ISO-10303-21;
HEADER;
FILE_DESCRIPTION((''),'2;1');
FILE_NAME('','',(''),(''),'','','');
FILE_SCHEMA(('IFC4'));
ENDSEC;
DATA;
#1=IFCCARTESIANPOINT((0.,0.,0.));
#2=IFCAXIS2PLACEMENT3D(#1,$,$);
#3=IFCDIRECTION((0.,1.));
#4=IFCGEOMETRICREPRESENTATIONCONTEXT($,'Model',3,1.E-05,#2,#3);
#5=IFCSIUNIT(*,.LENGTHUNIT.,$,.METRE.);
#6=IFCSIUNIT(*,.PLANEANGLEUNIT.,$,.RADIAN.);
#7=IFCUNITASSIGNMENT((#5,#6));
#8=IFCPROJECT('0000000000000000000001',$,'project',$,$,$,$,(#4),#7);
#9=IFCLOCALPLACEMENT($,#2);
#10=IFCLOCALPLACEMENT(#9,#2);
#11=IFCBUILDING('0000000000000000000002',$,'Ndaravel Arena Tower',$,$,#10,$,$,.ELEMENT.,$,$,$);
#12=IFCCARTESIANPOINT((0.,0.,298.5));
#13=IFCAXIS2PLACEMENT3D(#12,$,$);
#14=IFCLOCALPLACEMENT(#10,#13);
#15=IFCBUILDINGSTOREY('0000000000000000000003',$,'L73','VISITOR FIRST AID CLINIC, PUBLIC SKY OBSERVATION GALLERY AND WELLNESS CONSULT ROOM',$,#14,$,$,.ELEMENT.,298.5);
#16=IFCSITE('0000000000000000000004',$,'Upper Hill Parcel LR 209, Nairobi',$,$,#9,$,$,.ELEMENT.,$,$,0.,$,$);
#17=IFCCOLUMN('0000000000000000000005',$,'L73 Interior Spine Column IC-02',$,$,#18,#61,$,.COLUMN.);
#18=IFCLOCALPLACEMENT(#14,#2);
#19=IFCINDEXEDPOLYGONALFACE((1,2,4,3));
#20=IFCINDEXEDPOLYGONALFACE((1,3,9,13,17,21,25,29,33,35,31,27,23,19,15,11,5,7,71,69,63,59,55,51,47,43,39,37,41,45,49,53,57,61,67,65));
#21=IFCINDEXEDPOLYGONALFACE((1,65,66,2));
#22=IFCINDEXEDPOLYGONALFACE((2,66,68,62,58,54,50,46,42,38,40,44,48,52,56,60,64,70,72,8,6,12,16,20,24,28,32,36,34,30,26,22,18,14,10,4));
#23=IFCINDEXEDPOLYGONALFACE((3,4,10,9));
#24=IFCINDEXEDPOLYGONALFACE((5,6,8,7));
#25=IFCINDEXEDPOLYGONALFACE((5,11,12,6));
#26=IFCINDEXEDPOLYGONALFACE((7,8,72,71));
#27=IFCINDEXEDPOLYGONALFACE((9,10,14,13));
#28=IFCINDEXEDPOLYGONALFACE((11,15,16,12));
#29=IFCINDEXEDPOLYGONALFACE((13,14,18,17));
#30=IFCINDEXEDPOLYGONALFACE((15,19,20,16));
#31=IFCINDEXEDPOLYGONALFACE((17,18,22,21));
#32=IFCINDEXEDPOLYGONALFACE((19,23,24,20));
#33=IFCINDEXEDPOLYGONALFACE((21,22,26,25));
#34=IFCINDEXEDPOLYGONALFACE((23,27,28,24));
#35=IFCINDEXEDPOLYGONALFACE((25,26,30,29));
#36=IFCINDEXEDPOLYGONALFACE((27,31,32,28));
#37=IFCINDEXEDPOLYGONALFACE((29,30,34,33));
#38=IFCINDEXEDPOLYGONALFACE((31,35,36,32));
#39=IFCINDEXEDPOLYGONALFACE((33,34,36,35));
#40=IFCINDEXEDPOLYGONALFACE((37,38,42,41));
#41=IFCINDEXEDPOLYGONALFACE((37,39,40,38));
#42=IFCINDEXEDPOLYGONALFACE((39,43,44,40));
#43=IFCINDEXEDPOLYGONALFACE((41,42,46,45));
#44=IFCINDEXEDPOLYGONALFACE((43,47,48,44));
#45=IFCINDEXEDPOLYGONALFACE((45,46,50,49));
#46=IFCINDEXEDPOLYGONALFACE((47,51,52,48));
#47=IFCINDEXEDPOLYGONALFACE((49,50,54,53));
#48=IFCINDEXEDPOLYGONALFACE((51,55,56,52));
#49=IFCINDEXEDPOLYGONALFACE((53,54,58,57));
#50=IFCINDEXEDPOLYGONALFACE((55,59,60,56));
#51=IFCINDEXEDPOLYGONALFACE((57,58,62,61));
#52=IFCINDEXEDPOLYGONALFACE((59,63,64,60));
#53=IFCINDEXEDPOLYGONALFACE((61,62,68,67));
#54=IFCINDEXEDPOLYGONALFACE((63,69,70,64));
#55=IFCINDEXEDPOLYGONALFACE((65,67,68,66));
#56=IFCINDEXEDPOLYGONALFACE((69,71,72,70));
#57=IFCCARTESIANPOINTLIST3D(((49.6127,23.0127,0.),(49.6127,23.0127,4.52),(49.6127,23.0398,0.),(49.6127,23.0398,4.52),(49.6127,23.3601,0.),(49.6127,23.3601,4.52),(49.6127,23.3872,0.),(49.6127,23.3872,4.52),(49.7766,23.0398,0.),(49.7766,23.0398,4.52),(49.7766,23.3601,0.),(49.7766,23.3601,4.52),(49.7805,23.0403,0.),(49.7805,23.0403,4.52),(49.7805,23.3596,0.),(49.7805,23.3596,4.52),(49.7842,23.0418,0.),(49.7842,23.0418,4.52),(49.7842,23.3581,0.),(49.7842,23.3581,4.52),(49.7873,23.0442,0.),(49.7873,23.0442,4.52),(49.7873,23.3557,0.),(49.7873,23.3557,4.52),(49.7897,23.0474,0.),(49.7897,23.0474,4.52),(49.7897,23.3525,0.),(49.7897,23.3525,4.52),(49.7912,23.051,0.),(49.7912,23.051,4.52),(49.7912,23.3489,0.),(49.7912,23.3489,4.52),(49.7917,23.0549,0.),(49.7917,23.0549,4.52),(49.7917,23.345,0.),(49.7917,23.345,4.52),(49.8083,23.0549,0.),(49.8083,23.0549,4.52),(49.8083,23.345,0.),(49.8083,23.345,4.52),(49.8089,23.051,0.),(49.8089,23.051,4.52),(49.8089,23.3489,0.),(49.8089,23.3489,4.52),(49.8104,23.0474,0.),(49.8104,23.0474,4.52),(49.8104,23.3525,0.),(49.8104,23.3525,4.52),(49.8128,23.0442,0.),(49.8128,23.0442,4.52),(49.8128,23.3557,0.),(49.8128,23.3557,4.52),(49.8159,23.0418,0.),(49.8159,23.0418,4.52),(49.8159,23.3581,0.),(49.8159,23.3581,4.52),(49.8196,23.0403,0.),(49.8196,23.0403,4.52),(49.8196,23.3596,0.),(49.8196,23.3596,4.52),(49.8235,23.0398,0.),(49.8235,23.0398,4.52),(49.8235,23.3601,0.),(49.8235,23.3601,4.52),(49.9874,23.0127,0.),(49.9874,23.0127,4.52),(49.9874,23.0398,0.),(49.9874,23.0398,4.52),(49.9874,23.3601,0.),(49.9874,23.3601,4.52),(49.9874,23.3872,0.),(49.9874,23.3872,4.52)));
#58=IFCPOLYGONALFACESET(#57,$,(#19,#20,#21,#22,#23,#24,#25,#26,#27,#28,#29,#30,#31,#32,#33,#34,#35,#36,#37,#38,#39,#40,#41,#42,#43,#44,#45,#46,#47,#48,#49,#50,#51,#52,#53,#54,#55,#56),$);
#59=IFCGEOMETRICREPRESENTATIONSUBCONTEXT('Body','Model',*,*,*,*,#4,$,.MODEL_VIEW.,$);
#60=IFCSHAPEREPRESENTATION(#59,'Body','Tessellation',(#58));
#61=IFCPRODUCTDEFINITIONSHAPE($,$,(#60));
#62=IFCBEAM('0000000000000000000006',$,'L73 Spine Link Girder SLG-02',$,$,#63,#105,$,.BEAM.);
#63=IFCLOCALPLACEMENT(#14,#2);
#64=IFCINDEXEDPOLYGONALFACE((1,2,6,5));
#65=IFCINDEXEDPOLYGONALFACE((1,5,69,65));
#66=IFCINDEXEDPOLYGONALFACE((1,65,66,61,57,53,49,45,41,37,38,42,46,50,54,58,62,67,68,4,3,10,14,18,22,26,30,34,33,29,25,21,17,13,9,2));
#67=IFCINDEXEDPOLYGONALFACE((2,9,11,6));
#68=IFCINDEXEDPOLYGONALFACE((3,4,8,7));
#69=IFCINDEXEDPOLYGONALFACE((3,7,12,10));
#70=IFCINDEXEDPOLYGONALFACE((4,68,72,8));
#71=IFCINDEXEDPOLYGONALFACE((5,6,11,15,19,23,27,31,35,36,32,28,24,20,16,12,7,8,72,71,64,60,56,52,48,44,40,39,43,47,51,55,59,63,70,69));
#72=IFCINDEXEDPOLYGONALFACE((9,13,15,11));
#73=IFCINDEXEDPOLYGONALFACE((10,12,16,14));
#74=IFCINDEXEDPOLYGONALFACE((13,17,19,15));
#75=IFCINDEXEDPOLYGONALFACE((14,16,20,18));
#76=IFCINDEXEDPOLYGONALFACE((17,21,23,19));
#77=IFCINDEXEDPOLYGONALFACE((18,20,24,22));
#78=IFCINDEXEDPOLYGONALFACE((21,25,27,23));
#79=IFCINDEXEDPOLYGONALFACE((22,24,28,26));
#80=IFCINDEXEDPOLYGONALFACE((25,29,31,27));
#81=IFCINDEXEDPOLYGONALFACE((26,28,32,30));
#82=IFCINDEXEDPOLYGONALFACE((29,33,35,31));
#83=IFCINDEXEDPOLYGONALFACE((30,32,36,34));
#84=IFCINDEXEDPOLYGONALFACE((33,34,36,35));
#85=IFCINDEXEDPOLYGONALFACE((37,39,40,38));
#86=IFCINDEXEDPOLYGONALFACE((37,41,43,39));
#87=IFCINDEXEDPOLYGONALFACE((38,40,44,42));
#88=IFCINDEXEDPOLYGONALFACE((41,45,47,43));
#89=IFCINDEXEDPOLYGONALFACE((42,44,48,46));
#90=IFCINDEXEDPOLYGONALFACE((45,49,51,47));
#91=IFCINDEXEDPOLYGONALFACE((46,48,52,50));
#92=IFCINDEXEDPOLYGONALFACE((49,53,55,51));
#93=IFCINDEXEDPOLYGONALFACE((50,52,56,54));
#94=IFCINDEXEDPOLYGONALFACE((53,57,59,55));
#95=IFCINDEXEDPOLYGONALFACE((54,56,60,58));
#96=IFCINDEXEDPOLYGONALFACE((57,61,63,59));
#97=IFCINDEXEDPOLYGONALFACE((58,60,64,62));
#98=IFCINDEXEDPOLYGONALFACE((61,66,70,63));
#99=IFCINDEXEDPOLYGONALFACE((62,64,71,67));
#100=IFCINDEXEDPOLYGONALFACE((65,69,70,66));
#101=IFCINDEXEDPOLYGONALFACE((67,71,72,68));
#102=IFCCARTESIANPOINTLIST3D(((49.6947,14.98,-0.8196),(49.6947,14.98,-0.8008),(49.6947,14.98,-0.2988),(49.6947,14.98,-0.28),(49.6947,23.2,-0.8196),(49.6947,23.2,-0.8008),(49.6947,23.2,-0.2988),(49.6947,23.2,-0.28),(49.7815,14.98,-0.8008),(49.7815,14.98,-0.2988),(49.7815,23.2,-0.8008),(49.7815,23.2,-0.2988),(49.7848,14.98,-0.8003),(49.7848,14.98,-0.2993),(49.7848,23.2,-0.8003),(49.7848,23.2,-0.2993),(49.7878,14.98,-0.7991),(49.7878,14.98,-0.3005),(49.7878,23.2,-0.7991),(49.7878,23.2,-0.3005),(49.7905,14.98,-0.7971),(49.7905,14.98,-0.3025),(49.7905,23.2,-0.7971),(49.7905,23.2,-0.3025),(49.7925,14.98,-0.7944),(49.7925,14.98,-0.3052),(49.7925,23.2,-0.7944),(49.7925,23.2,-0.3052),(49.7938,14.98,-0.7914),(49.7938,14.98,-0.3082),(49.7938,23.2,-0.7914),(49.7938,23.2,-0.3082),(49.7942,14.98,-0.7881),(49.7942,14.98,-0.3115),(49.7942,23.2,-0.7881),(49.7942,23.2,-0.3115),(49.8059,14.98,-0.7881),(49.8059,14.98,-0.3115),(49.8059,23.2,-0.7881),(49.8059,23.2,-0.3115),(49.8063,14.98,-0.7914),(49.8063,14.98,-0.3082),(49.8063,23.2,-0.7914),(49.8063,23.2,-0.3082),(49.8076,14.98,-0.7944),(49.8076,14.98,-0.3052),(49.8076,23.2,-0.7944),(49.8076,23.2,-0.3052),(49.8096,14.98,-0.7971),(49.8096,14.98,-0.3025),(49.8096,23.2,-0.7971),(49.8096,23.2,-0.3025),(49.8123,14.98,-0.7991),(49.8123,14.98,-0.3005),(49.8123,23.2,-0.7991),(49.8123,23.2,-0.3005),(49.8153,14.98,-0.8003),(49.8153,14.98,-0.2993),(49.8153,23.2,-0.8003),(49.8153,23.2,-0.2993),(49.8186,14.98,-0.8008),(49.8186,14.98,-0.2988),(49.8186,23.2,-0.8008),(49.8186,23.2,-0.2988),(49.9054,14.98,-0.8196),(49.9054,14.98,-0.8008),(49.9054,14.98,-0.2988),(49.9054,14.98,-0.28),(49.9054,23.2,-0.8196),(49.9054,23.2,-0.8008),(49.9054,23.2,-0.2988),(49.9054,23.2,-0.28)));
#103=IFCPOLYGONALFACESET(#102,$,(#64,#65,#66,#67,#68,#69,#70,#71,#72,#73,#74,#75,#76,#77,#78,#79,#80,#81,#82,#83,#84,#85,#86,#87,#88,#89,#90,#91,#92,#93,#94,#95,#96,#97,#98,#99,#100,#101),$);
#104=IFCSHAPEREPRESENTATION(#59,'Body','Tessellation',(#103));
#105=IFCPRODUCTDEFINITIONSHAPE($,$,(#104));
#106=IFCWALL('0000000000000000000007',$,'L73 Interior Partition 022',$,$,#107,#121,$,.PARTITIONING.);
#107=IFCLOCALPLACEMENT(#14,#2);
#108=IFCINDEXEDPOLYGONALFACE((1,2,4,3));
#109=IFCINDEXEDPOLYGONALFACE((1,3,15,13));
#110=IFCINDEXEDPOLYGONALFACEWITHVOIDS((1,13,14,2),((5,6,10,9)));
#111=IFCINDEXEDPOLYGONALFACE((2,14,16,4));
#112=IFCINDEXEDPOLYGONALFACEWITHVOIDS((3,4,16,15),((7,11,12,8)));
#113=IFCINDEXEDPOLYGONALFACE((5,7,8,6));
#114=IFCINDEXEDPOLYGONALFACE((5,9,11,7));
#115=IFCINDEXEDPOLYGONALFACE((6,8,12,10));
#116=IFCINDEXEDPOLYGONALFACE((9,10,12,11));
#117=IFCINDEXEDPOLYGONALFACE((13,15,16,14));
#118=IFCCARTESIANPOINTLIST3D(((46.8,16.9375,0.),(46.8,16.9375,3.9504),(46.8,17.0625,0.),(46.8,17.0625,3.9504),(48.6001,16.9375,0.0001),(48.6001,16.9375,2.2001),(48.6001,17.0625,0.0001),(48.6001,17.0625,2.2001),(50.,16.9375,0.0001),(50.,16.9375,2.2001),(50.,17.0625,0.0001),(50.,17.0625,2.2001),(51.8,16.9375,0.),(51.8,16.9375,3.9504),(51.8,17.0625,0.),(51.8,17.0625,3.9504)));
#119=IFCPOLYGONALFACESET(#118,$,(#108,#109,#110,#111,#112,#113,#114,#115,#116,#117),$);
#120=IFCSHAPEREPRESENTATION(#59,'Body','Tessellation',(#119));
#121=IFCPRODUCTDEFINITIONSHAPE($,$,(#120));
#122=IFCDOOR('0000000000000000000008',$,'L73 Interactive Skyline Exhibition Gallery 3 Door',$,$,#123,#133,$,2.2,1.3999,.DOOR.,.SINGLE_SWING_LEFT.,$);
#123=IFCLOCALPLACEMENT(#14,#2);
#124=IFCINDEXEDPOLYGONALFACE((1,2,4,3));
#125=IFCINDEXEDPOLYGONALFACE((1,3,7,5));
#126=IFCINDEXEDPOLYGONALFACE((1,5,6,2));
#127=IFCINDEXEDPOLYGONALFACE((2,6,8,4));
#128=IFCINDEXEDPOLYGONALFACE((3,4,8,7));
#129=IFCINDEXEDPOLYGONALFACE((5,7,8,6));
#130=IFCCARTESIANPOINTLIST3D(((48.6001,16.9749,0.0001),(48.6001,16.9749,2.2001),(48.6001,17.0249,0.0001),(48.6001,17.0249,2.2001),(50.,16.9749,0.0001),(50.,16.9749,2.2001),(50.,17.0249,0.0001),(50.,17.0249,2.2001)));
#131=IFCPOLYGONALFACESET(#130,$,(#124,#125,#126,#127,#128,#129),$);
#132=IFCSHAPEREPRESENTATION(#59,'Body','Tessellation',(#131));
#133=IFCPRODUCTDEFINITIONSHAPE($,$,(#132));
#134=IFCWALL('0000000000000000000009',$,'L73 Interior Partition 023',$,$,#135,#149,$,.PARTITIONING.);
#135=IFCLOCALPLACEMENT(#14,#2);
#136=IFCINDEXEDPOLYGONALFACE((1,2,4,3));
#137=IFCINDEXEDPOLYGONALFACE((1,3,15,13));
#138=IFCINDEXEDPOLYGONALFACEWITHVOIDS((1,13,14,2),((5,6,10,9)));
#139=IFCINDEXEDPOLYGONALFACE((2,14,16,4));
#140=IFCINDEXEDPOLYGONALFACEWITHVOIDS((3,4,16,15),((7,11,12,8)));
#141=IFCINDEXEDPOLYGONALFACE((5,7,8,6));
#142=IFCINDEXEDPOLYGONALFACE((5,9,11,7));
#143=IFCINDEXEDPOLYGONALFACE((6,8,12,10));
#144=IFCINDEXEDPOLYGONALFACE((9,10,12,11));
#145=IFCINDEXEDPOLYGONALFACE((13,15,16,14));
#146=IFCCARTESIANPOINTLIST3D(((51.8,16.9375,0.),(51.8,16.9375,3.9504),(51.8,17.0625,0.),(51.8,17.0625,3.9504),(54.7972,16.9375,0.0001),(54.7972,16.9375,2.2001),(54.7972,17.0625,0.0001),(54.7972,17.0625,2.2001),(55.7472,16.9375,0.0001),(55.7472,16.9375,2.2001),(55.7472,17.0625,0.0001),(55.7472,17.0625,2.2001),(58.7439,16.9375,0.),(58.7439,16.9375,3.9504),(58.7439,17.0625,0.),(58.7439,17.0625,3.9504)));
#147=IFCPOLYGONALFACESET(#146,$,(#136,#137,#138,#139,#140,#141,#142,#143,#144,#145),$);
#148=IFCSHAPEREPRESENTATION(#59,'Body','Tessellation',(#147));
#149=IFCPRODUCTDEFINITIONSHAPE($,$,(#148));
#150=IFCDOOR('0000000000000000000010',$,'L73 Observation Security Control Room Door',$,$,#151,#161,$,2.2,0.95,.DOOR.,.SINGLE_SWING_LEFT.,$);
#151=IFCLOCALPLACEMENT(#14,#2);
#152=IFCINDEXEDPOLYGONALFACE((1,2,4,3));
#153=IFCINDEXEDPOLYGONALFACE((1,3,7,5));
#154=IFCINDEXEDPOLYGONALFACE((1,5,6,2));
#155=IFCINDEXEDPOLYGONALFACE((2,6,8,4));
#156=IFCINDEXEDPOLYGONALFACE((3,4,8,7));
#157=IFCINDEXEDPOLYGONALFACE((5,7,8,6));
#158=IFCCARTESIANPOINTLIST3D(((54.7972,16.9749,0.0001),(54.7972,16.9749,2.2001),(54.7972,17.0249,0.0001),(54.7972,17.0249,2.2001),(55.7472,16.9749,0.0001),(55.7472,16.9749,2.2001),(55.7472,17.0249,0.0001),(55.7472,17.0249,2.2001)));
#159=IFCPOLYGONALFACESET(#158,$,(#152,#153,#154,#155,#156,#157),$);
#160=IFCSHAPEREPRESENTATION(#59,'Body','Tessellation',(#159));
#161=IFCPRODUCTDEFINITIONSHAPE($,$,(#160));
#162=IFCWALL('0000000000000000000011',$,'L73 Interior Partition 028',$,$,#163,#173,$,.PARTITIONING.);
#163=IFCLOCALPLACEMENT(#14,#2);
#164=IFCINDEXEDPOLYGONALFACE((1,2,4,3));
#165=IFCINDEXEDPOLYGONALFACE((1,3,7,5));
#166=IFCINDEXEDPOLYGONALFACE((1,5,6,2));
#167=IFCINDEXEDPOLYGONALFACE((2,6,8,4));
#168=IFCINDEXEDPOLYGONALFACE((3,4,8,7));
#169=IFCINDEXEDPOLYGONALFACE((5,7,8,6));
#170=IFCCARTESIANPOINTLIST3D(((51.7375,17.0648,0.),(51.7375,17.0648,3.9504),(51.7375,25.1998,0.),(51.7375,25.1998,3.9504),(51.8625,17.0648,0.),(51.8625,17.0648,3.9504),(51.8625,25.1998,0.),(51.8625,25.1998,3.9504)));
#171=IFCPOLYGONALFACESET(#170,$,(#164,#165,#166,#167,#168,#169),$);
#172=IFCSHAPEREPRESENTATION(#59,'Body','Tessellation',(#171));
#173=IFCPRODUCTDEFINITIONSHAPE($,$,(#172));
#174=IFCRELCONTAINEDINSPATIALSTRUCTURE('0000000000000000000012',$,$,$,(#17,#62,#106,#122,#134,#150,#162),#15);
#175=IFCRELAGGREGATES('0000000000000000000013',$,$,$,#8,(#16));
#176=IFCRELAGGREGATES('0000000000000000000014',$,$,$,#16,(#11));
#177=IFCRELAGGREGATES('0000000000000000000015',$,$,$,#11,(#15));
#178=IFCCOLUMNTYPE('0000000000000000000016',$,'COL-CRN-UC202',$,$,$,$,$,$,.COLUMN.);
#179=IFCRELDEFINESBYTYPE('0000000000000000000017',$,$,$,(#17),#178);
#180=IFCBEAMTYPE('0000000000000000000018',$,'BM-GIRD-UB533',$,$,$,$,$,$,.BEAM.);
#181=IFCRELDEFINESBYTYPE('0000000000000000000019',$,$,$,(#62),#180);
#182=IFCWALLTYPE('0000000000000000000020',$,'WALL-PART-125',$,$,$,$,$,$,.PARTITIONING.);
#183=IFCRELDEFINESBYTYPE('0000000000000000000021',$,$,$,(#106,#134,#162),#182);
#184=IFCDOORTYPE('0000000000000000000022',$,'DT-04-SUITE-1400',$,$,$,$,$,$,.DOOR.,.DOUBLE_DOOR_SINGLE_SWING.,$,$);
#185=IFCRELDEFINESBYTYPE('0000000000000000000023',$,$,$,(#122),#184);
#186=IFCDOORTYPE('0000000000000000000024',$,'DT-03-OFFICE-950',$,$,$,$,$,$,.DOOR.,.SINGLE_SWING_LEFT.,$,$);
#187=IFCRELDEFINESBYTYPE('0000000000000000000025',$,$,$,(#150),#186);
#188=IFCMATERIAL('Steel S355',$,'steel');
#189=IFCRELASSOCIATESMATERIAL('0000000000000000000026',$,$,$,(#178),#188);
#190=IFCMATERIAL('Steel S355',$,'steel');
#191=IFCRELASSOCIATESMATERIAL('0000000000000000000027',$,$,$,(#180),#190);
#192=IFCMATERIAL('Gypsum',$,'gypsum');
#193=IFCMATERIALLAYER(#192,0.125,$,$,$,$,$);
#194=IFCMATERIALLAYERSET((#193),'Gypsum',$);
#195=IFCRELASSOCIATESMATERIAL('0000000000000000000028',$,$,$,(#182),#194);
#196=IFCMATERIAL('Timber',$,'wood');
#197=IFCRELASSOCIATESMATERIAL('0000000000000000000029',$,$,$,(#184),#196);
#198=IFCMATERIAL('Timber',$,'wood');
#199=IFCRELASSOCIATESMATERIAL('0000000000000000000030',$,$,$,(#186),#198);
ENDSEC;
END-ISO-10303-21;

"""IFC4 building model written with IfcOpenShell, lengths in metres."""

from ifc_helpers import new_model, si_unit, direction, frame, frame_2d, origin, origin_2d, place, context, subcontext, project, spatial, rectangle, i_section, extrude, material, layer, layer_set, material_profile, profile_set, type_object, element, fill, save


model = new_model("IFC4")

# Units and contexts
model_context = context("Model", 3, precision=1e-05, world=origin(), true_north=direction((0.0, 1.0)))
body_context = subcontext(model_context, "Body", "Model", "MODEL_VIEW")
ifc_project = project(units=[si_unit("LENGTHUNIT", "METRE"), si_unit("PLANEANGLEUNIT", "RADIAN")], contexts=[model_context])

# Site, building, storey
site_placement = place(None, origin())
site = spatial("IfcSite", under=ifc_project, at=site_placement, Name="Upper Hill Parcel LR 209, Nairobi", CompositionType="ELEMENT", RefElevation=0.0)
building_placement = place(site_placement, origin())
building = spatial("IfcBuilding", under=site, at=building_placement, Name="Ndaravel Arena Tower", CompositionType="ELEMENT")
storey_placement = place(building_placement, frame((0.0, 0.0, 298.5)))
storey = spatial("IfcBuildingStorey", under=building, at=storey_placement, Name="L73", Description="VISITOR FIRST AID CLINIC, PUBLIC SKY OBSERVATION GALLERY AND WELLNESS CONSULT ROOM", CompositionType="ELEMENT", Elevation=298.5)

# Column
ifc_material_1 = material(Name="Steel S355", Category="steel")
ifc_material_profile_1 = material_profile(ifc_material_1, i_section(OverallWidth=0.3748, OverallDepth=0.3745, WebThickness=0.0166, FlangeThickness=0.0271, FilletRadius=0.0151, at=origin_2d()), Name="UC 356x368x202")
ifc_profile_set_1 = profile_set([ifc_material_profile_1], Name="Steel S355")
column_type = type_object("IfcColumnType", Name="COL-CRN-UC202", PredefinedType="COLUMN", material=ifc_profile_set_1)
column_placement = place(storey_placement, frame((49.8, 23.2, 0.0), z_axis=(0.0, 0.0, 1.0), x_axis=(1.0, 0.0, 0.0)))
element("IfcColumn", 1, at=column_placement, inside=storey, type_object=column_type, Name="L73 Interior Spine Column IC-02", PredefinedType="COLUMN", context=body_context, shape_type="SweptSolid", body=[
    extrude(i_section(OverallWidth=0.3748, OverallDepth=0.3745, WebThickness=0.0166, FlangeThickness=0.0271, FilletRadius=0.0151, at=origin_2d()), origin(), (0.0, 0.0, 1.0), 4.52),
])

# Beam
ifc_material_2 = material(Name="Steel S355", Category="steel")
ifc_material_profile_2 = material_profile(ifc_material_2, i_section(OverallWidth=0.2107, OverallDepth=0.5396, WebThickness=0.0117, FlangeThickness=0.0188, FilletRadius=0.0127, at=origin_2d()), Name="UB 533x210x109")
ifc_profile_set_2 = profile_set([ifc_material_profile_2], Name="Steel S355")
beam_type = type_object("IfcBeamType", Name="BM-GIRD-UB533", PredefinedType="BEAM", material=ifc_profile_set_2)
beam_placement = place(storey_placement, frame((49.8, 14.98, -0.5498), z_axis=(0.0, 1.0, 0.0), x_axis=(-1.0, 0.0, 0.0)))
element("IfcBeam", 2, at=beam_placement, inside=storey, type_object=beam_type, Name="L73 Spine Link Girder SLG-02", PredefinedType="BEAM", context=body_context, shape_type="SweptSolid", body=[
    extrude(i_section(OverallWidth=0.2107, OverallDepth=0.5396, WebThickness=0.0117, FlangeThickness=0.0188, FilletRadius=0.0127, at=origin_2d()), origin(), (0.0, 0.0, 1.0), 8.22),
])

# Walls, openings, doors
ifc_material_3 = material(Name="Gypsum", Category="gypsum")
ifc_layer_1 = layer(ifc_material_3, 0.125)
ifc_layer_set_1 = layer_set([ifc_layer_1], Name="Gypsum")
wall_type_1 = type_object("IfcWallType", Name="WALL-PART-125", PredefinedType="PARTITIONING", material=ifc_layer_set_1)
wall_1_placement = place(storey_placement, frame((46.8, 17.0, 0.0), z_axis=(0.0, 0.0, 1.0), x_axis=(1.0, 0.0, 0.0)))
wall_1 = element("IfcWall", 3, at=wall_1_placement, inside=storey, type_object=wall_type_1, Name="L73 Interior Partition 022", PredefinedType="PARTITIONING", context=body_context, shape_type="SweptSolid", body=[
    extrude(rectangle(XDim=5.0, YDim=0.125, at=frame_2d((2.5, 0.0))), origin(), (0.0, 0.0, 1.0), 3.9504),
])
opening_1_placement = place(wall_1_placement, frame((1.8, 0.0, 0.0)))
opening_1 = element("IfcOpeningElement", 4, at=opening_1_placement, cuts=wall_1, PredefinedType="OPENING", context=body_context, shape_type="SweptSolid", body=[
    extrude(rectangle(XDim=1.3999, YDim=2.2, at=frame_2d((0.7, 1.1001))), frame((0.0, 0.0625, 0.0), z_axis=(0.0, -1.0, 0.0), x_axis=(1.0, 0.0, 0.0)), (0.0, 0.0, 1.0), 0.125),
])
ifc_material_4 = material(Name="Timber", Category="wood")
door_type_1 = type_object("IfcDoorType", Name="DT-04-SUITE-1400", OperationType="DOUBLE_DOOR_SINGLE_SWING", PredefinedType="DOOR", material=ifc_material_4)
door_1_placement = place(opening_1_placement, origin())
door_1 = element("IfcDoor", 5, at=door_1_placement, inside=storey, type_object=door_type_1, Name="L73 Interactive Skyline Exhibition Gallery 3 Door", OperationType="SINGLE_SWING_LEFT", OverallHeight=2.2, OverallWidth=1.3999, PredefinedType="DOOR", context=body_context, shape_type="SweptSolid", body=[
    extrude(rectangle(XDim=1.3999, YDim=2.2, at=frame_2d((0.7, 1.1001))), frame((0.0, 0.0249, 0.0), z_axis=(0.0, -1.0, 0.0), x_axis=(1.0, 0.0, 0.0)), (0.0, 0.0, 1.0), 0.05),
])
fill(opening_1, door_1)
wall_2_placement = place(storey_placement, frame((51.8, 17.0, 0.0), z_axis=(0.0, 0.0, 1.0), x_axis=(1.0, 0.0, 0.0)))
wall_2 = element("IfcWall", 6, at=wall_2_placement, inside=storey, type_object=wall_type_1, Name="L73 Interior Partition 023", PredefinedType="PARTITIONING", context=body_context, shape_type="SweptSolid", body=[
    extrude(rectangle(XDim=6.9438, YDim=0.125, at=frame_2d((3.4719, 0.0))), origin(), (0.0, 0.0, 1.0), 3.9504),
])
opening_2_placement = place(wall_2_placement, frame((2.9971, 0.0, 0.0)))
opening_2 = element("IfcOpeningElement", 7, at=opening_2_placement, cuts=wall_2, PredefinedType="OPENING", context=body_context, shape_type="SweptSolid", body=[
    extrude(rectangle(XDim=0.95, YDim=2.2, at=frame_2d((0.4751, 1.1001))), frame((0.0, 0.0625, 0.0), z_axis=(0.0, -1.0, 0.0), x_axis=(1.0, 0.0, 0.0)), (0.0, 0.0, 1.0), 0.125),
])
ifc_material_5 = material(Name="Timber", Category="wood")
door_type_2 = type_object("IfcDoorType", Name="DT-03-OFFICE-950", OperationType="SINGLE_SWING_LEFT", PredefinedType="DOOR", material=ifc_material_5)
door_2_placement = place(opening_2_placement, origin())
door_2 = element("IfcDoor", 8, at=door_2_placement, inside=storey, type_object=door_type_2, Name="L73 Observation Security Control Room Door", OperationType="SINGLE_SWING_LEFT", OverallHeight=2.2, OverallWidth=0.95, PredefinedType="DOOR", context=body_context, shape_type="SweptSolid", body=[
    extrude(rectangle(XDim=0.95, YDim=2.2, at=frame_2d((0.4751, 1.1001))), frame((0.0, 0.0249, 0.0), z_axis=(0.0, -1.0, 0.0), x_axis=(1.0, 0.0, 0.0)), (0.0, 0.0, 1.0), 0.05),
])
fill(opening_2, door_2)

# Wall
wall_3_placement = place(storey_placement, frame((51.8, 17.0649, 0.0), z_axis=(0.0, 0.0, 1.0), x_axis=(0.0, 1.0, 0.0)))
element("IfcWall", 9, at=wall_3_placement, inside=storey, type_object=wall_type_1, Name="L73 Interior Partition 028", PredefinedType="PARTITIONING", context=body_context, shape_type="SweptSolid", body=[
    extrude(rectangle(XDim=8.135, YDim=0.125, at=frame_2d((4.0674, 0.0))), origin(), (0.0, 0.0, 1.0), 3.9504),
])

save(model, "model.ifc")
